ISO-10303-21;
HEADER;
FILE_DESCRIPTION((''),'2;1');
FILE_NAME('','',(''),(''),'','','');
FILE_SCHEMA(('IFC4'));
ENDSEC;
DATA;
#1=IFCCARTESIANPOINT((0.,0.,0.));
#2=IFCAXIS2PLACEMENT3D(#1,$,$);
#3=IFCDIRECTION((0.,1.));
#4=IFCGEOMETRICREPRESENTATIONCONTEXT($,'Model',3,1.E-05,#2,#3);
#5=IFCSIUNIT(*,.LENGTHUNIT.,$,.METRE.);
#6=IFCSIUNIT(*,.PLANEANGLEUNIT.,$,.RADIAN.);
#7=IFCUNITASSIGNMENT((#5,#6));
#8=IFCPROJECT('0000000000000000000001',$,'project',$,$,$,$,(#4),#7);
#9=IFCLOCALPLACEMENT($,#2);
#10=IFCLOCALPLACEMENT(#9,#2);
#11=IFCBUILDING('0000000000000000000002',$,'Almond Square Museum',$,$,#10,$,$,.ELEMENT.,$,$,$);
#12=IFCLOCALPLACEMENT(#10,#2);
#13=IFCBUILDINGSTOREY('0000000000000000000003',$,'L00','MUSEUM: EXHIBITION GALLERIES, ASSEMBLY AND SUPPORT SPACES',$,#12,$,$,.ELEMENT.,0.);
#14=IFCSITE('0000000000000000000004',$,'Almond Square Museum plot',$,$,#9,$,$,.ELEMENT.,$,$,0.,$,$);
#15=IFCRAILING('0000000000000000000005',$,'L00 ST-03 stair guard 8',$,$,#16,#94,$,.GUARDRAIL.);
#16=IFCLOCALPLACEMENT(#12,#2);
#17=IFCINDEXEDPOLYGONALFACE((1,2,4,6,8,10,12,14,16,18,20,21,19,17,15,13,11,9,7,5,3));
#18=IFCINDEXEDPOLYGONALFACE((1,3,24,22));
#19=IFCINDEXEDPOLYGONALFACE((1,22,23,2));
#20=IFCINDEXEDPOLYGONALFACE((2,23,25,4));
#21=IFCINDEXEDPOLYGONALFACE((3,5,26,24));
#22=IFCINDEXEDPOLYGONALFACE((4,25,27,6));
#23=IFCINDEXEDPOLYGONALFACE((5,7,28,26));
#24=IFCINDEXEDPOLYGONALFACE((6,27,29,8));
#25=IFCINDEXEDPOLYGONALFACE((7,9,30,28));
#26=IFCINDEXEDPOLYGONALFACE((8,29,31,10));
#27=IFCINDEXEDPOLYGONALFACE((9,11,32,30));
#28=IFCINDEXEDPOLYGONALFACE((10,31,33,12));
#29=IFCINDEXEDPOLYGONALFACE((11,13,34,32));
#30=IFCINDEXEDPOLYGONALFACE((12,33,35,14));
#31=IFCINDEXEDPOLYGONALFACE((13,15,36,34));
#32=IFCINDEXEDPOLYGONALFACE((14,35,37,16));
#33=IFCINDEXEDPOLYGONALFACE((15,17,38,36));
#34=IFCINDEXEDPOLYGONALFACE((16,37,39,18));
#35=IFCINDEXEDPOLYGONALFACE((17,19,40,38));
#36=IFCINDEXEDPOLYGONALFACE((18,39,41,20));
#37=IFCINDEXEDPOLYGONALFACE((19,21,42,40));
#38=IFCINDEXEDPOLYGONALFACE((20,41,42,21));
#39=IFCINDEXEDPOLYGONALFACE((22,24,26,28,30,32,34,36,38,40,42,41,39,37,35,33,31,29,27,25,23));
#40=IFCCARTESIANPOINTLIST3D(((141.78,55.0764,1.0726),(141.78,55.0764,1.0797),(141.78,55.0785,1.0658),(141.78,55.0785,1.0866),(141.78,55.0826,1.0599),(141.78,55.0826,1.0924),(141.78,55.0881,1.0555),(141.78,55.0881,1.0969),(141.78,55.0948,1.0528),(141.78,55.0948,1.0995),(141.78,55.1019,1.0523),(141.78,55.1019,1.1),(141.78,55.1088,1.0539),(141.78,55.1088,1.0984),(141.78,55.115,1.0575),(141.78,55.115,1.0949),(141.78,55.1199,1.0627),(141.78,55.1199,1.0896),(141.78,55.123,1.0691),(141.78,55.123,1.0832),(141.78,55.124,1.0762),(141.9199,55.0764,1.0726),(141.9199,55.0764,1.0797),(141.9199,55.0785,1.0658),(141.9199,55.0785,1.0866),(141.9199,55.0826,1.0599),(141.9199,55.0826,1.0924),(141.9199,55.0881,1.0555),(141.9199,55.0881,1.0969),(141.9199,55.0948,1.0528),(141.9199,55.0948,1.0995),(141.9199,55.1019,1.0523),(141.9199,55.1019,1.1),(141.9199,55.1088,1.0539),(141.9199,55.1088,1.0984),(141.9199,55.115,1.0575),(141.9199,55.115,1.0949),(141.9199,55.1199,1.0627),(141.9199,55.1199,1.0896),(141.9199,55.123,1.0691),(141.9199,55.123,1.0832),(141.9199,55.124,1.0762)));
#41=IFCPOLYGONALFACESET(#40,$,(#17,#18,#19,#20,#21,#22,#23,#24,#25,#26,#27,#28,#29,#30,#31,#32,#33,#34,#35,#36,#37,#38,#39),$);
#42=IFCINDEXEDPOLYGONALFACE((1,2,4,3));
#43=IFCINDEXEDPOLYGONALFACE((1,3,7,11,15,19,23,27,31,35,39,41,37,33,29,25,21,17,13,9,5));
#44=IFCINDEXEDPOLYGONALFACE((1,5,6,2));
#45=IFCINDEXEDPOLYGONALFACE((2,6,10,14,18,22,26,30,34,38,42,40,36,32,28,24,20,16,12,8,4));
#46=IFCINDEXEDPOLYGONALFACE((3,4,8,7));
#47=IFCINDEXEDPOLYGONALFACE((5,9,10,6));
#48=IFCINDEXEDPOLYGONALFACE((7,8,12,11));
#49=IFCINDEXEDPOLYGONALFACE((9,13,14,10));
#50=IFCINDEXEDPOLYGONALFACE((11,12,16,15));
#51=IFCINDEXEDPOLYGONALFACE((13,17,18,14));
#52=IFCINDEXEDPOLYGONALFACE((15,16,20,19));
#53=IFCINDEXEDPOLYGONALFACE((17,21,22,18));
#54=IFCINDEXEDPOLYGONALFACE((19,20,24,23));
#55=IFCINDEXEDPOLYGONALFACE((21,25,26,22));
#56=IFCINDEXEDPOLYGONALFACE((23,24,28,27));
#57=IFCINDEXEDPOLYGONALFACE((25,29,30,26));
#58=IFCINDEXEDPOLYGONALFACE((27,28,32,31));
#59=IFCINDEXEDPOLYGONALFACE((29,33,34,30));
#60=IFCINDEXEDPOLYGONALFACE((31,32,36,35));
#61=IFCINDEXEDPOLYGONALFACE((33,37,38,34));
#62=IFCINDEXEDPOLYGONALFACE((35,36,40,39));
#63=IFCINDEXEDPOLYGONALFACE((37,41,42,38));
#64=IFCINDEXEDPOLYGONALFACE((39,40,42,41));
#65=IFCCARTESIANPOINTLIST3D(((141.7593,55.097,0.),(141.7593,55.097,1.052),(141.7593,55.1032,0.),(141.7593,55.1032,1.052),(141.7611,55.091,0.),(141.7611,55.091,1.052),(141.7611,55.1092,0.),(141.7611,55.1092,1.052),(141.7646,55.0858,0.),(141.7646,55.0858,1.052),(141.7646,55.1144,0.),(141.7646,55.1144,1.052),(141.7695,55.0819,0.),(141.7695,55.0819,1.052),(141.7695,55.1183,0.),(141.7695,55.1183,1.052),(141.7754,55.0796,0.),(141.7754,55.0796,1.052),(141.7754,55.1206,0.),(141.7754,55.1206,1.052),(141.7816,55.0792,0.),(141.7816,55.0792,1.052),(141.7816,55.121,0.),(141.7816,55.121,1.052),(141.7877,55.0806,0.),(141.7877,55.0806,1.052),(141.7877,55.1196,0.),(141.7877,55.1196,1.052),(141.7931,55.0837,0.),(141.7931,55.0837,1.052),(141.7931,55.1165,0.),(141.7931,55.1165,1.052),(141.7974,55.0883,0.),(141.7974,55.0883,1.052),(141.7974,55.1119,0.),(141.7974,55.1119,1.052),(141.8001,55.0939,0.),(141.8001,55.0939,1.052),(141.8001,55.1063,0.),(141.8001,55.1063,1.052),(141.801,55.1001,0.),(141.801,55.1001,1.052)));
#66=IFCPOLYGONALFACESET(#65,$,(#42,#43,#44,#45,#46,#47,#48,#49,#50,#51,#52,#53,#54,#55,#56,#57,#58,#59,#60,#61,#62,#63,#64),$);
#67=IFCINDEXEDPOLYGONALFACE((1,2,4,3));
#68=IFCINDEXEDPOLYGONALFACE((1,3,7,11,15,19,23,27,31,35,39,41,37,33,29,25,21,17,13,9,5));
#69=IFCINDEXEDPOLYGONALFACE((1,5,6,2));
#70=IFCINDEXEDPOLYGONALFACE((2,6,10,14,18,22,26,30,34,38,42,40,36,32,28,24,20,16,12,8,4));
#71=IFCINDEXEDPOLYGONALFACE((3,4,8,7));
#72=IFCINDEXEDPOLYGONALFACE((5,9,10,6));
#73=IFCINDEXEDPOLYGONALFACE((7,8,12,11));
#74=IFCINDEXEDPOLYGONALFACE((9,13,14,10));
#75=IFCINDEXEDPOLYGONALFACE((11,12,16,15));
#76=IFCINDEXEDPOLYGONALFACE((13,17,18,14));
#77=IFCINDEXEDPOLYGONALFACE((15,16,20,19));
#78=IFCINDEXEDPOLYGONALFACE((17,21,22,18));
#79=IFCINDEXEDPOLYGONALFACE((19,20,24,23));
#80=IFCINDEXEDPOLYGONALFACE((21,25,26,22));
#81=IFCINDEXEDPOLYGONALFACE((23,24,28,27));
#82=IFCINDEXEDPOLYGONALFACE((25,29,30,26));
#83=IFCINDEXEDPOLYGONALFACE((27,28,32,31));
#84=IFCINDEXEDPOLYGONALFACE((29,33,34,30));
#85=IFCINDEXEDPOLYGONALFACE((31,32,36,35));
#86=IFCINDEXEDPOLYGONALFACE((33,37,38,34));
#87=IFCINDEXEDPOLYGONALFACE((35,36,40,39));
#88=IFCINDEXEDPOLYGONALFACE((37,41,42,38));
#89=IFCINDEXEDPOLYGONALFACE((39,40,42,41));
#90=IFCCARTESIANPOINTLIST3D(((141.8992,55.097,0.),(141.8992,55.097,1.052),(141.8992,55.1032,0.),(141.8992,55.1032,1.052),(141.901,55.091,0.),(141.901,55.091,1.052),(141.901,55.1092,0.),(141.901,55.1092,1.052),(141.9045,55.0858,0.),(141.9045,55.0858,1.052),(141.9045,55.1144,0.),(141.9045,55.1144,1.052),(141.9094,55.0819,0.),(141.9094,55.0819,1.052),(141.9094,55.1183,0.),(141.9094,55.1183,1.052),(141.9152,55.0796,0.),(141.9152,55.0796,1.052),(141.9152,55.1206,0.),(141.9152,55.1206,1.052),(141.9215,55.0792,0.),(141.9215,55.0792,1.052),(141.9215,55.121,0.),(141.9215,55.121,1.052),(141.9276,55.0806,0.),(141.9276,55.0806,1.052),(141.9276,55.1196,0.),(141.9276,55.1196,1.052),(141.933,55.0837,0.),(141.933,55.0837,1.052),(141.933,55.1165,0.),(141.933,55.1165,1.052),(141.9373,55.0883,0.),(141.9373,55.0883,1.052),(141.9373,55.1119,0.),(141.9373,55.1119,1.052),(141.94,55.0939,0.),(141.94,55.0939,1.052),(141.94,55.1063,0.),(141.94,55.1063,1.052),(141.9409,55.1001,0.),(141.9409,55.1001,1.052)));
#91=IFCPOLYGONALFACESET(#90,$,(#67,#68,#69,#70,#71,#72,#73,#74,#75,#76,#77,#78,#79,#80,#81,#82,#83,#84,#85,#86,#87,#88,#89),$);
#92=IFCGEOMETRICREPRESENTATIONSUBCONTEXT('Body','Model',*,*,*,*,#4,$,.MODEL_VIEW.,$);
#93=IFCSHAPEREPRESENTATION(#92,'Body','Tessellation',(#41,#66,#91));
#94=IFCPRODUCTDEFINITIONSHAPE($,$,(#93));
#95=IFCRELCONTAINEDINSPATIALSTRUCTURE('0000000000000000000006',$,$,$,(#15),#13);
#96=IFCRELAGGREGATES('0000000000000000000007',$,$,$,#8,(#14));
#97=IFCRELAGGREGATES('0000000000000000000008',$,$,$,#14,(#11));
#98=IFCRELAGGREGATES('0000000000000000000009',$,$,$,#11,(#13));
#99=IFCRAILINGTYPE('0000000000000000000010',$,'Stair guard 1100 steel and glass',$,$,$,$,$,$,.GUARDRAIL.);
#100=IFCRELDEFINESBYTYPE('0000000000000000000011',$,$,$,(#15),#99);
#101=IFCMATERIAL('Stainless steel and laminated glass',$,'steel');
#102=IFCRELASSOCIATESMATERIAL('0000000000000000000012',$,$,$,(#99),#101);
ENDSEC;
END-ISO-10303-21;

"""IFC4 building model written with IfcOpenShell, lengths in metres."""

from ifc_helpers import new_model, si_unit, direction, frame, origin, origin_2d, place, context, subcontext, project, spatial, circle, extrude, material, type_object, element, save


model = new_model("IFC4")

# Units and contexts
model_context = context("Model", 3, precision=1e-05, world=origin(), true_north=direction((0.0, 1.0)))
body_context = subcontext(model_context, "Body", "Model", "MODEL_VIEW")
ifc_project = project(units=[si_unit("LENGTHUNIT", "METRE"), si_unit("PLANEANGLEUNIT", "RADIAN")], contexts=[model_context])

# Site, building, storey
site_placement = place(None, origin())
site = spatial("IfcSite", under=ifc_project, at=site_placement, Name="Almond Square Museum plot", CompositionType="ELEMENT", RefElevation=0.0)
building_placement = place(site_placement, origin())
building = spatial("IfcBuilding", under=site, at=building_placement, Name="Almond Square Museum", CompositionType="ELEMENT")
storey_placement = place(building_placement, origin())
storey = spatial("IfcBuildingStorey", under=building, at=storey_placement, Name="L00", Description="MUSEUM: EXHIBITION GALLERIES, ASSEMBLY AND SUPPORT SPACES", CompositionType="ELEMENT", Elevation=0.0)

# Railing
ifc_material_1 = material(Name="Stainless steel and laminated glass", Category="steel")
railing_type_1 = type_object("IfcRailingType", Name="Stair guard 1100 steel and glass", PredefinedType="GUARDRAIL", material=ifc_material_1)
railing_1_placement = place(storey_placement, frame((141.78, 55.1001, 0.0)))
element("IfcRailing", 1, at=railing_1_placement, inside=storey, type_object=railing_type_1, Name="L00 ST-03 stair guard 8", PredefinedType="GUARDRAIL", context=body_context, shape_type="SweptSolid", body=[
    extrude(circle(Radius=0.0239, at=origin_2d()), frame((0.0, 0.0, 1.0762), z_axis=(1.0, 0.0, 0.0), x_axis=(0.0, 1.0, 0.0)), (0.0, 0.0, 1.0), 0.1399),
    extrude(circle(Radius=0.021, at=origin_2d()), origin(), (0.0, 0.0, 1.0), 1.052),
    extrude(circle(Radius=0.021, at=origin_2d()), frame((0.1399, 0.0, 0.0)), (0.0, 0.0, 1.0), 1.052),
])

save(model, "model.ifc")
